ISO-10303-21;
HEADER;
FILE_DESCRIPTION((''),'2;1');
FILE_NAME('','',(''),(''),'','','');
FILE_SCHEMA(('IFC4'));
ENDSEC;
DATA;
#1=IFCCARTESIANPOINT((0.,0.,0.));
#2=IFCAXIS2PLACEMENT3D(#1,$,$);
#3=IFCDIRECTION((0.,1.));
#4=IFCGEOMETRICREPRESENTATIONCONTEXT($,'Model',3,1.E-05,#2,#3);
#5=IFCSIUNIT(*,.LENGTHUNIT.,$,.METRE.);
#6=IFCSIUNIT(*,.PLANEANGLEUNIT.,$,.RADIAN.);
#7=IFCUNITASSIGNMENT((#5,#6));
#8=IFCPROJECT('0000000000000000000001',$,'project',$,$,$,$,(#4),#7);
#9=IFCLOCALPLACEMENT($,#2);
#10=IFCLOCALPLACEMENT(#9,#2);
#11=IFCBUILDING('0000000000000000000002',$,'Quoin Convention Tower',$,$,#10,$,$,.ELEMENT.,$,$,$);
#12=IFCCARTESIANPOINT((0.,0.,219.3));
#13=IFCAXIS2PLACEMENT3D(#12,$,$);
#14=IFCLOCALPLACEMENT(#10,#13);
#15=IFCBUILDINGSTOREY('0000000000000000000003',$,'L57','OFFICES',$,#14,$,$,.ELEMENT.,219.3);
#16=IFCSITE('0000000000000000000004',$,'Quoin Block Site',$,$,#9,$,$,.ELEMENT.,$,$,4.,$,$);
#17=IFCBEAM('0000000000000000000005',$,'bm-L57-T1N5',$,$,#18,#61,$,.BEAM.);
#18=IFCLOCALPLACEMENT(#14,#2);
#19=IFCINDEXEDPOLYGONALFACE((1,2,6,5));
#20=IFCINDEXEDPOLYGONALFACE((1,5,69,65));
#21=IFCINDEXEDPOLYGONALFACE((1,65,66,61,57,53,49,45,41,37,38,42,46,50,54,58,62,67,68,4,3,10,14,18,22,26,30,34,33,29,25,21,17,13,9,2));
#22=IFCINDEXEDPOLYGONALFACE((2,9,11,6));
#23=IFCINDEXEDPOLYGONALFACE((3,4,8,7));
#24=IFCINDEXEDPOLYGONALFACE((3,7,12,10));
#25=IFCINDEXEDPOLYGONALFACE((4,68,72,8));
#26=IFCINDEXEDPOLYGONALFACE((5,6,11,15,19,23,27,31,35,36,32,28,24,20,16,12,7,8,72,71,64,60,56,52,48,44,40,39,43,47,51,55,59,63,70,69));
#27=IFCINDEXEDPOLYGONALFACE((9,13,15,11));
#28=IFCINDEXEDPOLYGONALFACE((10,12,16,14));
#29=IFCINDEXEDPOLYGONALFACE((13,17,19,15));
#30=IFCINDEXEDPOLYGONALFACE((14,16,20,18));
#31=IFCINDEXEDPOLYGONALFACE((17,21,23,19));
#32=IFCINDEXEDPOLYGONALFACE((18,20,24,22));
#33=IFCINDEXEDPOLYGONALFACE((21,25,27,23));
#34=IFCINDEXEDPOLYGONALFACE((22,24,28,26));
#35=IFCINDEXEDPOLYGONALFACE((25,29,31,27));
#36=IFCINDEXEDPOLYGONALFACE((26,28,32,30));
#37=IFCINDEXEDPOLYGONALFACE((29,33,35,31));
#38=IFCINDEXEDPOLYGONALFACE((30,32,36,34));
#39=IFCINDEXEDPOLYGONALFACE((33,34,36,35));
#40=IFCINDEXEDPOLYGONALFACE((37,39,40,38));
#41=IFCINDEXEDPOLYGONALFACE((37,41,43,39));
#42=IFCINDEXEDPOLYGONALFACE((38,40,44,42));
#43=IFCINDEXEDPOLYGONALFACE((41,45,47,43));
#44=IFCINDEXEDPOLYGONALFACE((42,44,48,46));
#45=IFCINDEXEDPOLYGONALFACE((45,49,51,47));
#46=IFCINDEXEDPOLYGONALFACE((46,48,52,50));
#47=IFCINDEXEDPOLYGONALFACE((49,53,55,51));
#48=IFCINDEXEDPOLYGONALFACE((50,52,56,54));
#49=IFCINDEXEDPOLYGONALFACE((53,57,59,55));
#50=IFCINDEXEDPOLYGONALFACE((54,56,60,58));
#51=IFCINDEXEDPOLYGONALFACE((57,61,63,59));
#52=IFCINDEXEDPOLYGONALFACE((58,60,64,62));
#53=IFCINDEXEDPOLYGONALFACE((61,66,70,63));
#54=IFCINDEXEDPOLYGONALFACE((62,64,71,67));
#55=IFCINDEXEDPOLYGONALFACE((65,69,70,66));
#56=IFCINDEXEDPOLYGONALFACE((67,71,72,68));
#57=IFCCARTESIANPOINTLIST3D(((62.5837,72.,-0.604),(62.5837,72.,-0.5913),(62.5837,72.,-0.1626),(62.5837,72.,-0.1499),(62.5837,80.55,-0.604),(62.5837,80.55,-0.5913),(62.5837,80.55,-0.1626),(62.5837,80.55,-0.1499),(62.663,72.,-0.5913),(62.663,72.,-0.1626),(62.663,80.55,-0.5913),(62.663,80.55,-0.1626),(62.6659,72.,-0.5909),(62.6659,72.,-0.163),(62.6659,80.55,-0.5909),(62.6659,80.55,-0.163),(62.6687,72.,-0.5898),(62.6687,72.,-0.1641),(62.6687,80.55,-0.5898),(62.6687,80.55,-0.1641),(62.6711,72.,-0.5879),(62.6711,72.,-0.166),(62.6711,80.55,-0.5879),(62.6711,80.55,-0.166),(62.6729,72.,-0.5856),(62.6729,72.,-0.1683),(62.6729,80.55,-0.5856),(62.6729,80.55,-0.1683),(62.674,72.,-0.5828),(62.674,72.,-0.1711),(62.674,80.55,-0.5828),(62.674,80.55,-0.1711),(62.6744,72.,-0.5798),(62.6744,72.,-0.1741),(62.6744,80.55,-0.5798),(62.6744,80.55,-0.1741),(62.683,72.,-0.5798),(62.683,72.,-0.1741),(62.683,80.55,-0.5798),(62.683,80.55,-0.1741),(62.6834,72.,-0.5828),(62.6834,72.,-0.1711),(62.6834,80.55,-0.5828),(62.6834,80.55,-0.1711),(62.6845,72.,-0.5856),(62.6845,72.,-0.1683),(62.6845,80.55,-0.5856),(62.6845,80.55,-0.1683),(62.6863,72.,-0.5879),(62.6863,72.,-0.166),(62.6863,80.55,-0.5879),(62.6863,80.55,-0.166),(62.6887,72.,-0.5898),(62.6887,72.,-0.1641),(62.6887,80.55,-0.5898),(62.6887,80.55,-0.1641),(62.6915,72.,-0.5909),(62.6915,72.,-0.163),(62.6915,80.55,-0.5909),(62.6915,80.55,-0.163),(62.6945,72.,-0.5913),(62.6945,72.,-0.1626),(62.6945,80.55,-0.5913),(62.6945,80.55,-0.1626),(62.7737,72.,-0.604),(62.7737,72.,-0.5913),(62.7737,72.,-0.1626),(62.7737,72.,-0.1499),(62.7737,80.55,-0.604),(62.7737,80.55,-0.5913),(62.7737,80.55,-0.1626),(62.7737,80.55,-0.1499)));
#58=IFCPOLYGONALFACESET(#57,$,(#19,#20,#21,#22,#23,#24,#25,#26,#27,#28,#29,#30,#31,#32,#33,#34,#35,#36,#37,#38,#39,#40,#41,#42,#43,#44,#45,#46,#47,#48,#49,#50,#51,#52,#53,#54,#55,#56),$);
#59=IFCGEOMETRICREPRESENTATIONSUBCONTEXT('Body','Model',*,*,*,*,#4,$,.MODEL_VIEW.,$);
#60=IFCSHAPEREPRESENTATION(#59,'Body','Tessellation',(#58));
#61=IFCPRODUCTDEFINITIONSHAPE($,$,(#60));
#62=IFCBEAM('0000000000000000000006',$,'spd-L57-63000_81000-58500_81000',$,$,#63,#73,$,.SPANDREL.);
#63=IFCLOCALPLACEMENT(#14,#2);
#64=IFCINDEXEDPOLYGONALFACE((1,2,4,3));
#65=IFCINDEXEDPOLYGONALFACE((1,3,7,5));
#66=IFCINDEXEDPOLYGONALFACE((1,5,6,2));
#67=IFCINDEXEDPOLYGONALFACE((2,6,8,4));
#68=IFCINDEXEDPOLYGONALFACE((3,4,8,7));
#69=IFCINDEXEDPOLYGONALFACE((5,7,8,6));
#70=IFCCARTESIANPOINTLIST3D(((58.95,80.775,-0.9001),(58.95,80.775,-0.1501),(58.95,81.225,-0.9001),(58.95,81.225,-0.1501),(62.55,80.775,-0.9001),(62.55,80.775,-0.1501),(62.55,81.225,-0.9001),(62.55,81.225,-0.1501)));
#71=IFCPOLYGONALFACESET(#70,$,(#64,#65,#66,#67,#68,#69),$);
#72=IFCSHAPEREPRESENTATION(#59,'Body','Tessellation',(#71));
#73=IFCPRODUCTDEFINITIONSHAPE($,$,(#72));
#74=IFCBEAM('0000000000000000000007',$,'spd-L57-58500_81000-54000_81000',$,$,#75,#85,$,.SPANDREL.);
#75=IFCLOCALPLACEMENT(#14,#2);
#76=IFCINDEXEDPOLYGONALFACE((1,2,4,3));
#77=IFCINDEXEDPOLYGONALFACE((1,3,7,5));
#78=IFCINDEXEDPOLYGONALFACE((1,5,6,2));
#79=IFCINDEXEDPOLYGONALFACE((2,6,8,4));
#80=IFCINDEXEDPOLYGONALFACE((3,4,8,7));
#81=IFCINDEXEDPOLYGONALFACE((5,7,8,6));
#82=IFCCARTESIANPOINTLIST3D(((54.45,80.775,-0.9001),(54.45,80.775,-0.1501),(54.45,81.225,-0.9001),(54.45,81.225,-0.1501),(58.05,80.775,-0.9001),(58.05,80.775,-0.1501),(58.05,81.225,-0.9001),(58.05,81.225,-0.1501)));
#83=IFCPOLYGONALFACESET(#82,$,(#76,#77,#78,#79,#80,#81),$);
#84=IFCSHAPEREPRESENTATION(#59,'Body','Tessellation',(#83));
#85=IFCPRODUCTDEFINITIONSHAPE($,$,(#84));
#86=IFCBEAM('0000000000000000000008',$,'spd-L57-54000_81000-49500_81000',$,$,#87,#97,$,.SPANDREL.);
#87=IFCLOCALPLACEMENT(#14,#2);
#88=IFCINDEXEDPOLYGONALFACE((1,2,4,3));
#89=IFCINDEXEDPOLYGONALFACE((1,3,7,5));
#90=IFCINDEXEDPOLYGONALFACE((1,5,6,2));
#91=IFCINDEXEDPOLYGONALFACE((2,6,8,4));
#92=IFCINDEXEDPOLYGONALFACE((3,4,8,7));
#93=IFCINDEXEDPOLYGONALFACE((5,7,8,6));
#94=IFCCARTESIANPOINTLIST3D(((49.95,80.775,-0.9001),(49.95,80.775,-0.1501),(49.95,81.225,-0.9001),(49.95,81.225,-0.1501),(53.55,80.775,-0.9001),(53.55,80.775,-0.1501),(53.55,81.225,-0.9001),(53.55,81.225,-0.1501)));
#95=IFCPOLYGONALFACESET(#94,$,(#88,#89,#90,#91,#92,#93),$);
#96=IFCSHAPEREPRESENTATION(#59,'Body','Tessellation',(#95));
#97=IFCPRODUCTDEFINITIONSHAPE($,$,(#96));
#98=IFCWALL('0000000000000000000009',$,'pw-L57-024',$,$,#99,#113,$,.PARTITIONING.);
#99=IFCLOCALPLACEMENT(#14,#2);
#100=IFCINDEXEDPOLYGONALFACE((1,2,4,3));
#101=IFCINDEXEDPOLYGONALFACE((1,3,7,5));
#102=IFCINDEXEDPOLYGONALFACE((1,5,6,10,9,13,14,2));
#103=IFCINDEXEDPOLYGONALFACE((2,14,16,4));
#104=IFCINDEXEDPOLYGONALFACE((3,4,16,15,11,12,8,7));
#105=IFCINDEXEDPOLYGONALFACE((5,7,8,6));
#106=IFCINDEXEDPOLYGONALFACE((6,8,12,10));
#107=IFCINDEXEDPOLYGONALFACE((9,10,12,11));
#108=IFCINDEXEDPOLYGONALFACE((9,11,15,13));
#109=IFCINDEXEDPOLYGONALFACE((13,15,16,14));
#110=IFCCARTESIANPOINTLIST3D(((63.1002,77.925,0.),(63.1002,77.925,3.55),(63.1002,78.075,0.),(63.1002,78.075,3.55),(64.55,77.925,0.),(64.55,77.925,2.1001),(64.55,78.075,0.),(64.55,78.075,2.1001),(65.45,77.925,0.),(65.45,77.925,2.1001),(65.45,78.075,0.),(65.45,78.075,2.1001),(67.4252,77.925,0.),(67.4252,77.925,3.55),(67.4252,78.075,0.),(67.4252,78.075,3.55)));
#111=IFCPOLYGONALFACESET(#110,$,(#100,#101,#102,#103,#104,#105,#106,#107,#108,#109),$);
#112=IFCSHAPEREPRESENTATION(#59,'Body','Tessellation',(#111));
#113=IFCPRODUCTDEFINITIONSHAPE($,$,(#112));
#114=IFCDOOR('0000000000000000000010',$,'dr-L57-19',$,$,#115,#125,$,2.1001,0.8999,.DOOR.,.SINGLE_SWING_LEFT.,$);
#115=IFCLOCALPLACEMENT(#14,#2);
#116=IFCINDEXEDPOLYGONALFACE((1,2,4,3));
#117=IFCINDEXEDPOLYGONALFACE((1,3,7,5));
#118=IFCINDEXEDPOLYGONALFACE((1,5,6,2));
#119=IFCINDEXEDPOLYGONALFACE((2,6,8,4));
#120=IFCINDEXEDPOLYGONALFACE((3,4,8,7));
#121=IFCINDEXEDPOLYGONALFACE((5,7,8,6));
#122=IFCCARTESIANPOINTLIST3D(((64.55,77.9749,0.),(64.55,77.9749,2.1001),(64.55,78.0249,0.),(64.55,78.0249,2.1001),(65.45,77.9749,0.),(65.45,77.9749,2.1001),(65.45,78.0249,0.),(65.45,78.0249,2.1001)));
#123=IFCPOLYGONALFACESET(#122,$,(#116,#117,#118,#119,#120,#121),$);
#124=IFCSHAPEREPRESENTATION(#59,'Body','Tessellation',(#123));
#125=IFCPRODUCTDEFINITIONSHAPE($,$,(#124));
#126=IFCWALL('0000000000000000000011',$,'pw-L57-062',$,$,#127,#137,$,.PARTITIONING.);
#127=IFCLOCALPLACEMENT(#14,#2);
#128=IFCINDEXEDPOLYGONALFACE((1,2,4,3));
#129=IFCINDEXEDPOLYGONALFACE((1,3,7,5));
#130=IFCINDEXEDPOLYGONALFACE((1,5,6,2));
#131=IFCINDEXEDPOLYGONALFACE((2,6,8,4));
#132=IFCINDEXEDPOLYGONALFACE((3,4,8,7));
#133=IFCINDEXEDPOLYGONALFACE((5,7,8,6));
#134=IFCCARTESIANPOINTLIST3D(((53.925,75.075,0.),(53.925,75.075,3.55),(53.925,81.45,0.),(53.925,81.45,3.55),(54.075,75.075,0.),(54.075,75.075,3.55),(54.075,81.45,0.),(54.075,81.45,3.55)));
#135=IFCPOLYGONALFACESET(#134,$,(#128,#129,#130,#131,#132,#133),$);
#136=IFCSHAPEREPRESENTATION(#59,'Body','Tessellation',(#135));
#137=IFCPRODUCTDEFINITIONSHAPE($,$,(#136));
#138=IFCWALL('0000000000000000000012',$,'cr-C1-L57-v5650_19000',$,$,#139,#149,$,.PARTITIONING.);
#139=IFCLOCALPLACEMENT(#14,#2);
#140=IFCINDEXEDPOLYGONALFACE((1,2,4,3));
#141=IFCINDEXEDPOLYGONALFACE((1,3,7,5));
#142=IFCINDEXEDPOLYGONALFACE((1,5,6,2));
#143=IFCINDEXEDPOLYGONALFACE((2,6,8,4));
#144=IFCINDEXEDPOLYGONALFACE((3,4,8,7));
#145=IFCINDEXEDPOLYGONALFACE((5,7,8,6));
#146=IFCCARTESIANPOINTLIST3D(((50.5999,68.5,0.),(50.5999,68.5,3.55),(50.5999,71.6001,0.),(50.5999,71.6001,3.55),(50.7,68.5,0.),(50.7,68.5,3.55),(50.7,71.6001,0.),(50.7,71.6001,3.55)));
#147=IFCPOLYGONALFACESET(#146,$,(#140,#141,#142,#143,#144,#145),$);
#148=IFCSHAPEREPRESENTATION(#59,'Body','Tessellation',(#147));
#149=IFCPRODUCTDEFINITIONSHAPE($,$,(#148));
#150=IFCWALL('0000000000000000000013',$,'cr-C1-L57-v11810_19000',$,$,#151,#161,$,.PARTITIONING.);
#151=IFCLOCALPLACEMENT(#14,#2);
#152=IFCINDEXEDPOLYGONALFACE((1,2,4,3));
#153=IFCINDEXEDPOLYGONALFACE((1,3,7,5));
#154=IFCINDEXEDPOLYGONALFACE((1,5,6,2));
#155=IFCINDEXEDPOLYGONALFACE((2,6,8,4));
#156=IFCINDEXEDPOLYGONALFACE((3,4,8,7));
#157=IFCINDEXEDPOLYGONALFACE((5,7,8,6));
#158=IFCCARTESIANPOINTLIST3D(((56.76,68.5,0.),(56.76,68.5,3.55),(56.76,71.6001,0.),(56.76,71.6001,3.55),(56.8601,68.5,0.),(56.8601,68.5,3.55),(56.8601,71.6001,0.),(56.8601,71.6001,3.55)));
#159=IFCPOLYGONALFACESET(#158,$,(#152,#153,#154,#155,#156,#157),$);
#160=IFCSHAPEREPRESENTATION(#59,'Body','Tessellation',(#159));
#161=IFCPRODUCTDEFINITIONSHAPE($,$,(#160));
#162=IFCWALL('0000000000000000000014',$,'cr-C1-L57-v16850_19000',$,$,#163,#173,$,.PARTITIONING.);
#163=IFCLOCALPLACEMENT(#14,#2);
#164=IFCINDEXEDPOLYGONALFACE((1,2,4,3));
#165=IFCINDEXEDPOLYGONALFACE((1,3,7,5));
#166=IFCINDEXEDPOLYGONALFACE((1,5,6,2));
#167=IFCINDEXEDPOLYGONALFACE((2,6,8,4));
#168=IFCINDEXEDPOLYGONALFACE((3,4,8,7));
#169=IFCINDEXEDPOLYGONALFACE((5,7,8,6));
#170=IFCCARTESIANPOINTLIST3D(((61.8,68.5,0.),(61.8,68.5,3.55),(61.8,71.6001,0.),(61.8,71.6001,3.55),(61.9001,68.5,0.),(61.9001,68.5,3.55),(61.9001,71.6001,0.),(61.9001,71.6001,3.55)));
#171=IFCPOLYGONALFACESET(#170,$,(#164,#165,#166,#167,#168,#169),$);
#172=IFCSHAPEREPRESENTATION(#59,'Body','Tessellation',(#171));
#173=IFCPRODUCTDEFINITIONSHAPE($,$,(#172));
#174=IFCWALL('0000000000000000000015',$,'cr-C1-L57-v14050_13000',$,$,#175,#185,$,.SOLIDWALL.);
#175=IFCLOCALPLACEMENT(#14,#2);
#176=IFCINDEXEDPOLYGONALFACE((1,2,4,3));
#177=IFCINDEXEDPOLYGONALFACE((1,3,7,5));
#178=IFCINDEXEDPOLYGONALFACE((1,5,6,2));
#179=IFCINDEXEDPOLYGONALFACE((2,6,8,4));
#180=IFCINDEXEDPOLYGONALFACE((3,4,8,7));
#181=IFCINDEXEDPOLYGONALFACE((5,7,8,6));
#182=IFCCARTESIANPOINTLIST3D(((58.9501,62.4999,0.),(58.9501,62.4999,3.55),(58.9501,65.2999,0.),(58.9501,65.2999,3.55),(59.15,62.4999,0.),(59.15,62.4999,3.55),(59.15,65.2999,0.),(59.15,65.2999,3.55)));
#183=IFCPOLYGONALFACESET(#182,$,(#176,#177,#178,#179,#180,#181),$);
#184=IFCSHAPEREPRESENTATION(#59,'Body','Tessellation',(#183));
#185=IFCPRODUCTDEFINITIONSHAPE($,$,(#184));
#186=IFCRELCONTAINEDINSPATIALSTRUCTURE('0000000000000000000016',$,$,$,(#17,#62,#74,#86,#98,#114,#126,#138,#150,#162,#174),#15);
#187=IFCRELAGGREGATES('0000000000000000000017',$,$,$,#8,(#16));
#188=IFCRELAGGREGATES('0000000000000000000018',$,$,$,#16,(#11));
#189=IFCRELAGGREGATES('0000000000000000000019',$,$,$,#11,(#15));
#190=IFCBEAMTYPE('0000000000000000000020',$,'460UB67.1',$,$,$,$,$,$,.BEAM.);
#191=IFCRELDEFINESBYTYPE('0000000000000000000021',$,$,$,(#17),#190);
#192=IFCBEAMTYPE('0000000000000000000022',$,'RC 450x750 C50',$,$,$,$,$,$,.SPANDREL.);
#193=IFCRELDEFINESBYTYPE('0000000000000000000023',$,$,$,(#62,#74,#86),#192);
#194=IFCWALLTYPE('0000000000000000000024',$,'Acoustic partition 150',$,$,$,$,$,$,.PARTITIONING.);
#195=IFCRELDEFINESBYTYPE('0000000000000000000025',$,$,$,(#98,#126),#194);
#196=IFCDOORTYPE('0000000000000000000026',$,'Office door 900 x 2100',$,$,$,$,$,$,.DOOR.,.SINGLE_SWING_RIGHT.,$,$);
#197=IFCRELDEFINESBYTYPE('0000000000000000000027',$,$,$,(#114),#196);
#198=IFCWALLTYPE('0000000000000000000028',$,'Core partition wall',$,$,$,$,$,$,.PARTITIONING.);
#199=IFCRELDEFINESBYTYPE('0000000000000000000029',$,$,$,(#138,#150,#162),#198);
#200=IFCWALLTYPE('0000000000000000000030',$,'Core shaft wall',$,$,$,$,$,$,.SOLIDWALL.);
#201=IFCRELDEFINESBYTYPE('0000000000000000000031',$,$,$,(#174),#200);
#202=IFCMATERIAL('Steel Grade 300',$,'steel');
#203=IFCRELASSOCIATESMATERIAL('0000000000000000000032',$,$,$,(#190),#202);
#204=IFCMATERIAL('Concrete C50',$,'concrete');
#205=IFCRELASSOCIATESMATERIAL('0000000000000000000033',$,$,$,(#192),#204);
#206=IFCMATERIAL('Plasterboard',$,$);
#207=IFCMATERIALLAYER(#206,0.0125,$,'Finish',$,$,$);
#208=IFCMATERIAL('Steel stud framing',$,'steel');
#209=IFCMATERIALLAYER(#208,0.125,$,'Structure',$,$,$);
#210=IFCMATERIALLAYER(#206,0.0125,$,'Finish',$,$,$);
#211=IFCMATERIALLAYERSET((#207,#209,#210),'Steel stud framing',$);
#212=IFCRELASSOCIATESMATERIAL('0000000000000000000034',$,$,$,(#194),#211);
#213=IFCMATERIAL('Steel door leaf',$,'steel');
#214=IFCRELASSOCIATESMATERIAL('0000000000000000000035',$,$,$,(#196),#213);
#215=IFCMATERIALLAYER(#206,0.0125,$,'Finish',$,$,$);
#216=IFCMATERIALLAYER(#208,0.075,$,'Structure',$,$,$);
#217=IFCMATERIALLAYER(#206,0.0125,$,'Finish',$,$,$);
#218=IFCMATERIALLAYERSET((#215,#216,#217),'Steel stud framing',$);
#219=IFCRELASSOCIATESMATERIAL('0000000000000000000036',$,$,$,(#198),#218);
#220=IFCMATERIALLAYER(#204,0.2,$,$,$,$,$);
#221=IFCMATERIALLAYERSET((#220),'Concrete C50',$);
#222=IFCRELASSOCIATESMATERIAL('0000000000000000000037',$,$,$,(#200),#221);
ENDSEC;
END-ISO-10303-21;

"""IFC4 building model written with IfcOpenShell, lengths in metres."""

from ifc_helpers import new_model, si_unit, direction, frame, frame_2d, origin, origin_2d, place, context, subcontext, project, spatial, rectangle, i_section, extrude, material, layer, layer_set, material_profile, profile_set, type_object, element, fill, save


model = new_model("IFC4")

# Units and contexts
model_context = context("Model", 3, precision=1e-05, world=origin(), true_north=direction((0.0, 1.0)))
body_context = subcontext(model_context, "Body", "Model", "MODEL_VIEW")
ifc_project = project(units=[si_unit("LENGTHUNIT", "METRE"), si_unit("PLANEANGLEUNIT", "RADIAN")], contexts=[model_context])

# Site, building, storey
site_placement = place(None, origin())
site = spatial("IfcSite", under=ifc_project, at=site_placement, Name="Quoin Block Site", CompositionType="ELEMENT", RefElevation=4.0)
building_placement = place(site_placement, origin())
building = spatial("IfcBuilding", under=site, at=building_placement, Name="Quoin Convention Tower", CompositionType="ELEMENT")
storey_placement = place(building_placement, frame((0.0, 0.0, 219.3)))
storey = spatial("IfcBuildingStorey", under=building, at=storey_placement, Name="L57", Description="OFFICES", CompositionType="ELEMENT", Elevation=219.3)

# Shared definitions
ifc_material_1 = material(Name="Concrete C50", Category="concrete")

# Beams
ifc_material_2 = material(Name="Steel Grade 300", Category="steel")
ifc_material_profile_1 = material_profile(ifc_material_2, i_section(OverallWidth=0.1899, OverallDepth=0.4541, WebThickness=0.0085, FlangeThickness=0.0127, FilletRadius=0.0115, at=origin_2d()), Name="460UB67.1")
ifc_profile_set_1 = profile_set([ifc_material_profile_1], Name="Steel Grade 300")
beam_type_1 = type_object("IfcBeamType", Name="460UB67.1", PredefinedType="BEAM", material=ifc_profile_set_1)
beam_placement = place(storey_placement, frame((62.6787, 72.0, -0.377), z_axis=(0.0, 1.0, 0.0), x_axis=(-1.0, 0.0, 0.0)))
element("IfcBeam", 1, at=beam_placement, inside=storey, type_object=beam_type_1, Name="bm-L57-T1N5", PredefinedType="BEAM", context=body_context, shape_type="SweptSolid", body=[
    extrude(i_section(OverallWidth=0.1899, OverallDepth=0.4541, WebThickness=0.0085, FlangeThickness=0.0127, FilletRadius=0.0115, at=origin_2d()), origin(), (0.0, 0.0, 1.0), 8.55),
])
ifc_material_profile_2 = material_profile(ifc_material_1, rectangle(XDim=0.45, YDim=0.75, at=origin_2d()), Name="RC 450x750")
ifc_profile_set_2 = profile_set([ifc_material_profile_2], Name="Concrete C50")
beam_type_2 = type_object("IfcBeamType", Name="RC 450x750 C50", PredefinedType="SPANDREL", material=ifc_profile_set_2)
for number, where, z_axis, x_axis, name in (
    (2, (62.55, 81.0, -0.5251), (-1.0, 0.0, 0.0), (0.0, -1.0, 0.0), "spd-L57-63000_81000-58500_81000"),
    (3, (58.05, 81.0, -0.5251), (-1.0, 0.0, 0.0), (0.0, -1.0, 0.0), "spd-L57-58500_81000-54000_81000"),
    (4, (53.55, 81.0, -0.5251), (-1.0, 0.0, 0.0), (0.0, -1.0, 0.0), "spd-L57-54000_81000-49500_81000"),
):
    element("IfcBeam", number, at=place(storey_placement, frame(where, z_axis=z_axis, x_axis=x_axis)), inside=storey, type_object=beam_type_2, Name=name, PredefinedType="SPANDREL", context=body_context, shape_type="SweptSolid", body=[
        extrude(rectangle(XDim=0.45, YDim=0.75, at=origin_2d()), origin(), (0.0, 0.0, 1.0), 3.6001),
    ])

# Wall, opening, door
ifc_material_3 = material(Name="Plasterboard")
ifc_layer_1 = layer(ifc_material_3, 0.0125, Name="Finish")
ifc_material_4 = material(Name="Steel stud framing", Category="steel")
ifc_layer_2 = layer(ifc_material_4, 0.125, Name="Structure")
ifc_layer_3 = layer(ifc_material_3, 0.0125, Name="Finish")
ifc_layer_set_1 = layer_set([ifc_layer_1, ifc_layer_2, ifc_layer_3], Name="Steel stud framing")
wall_type_1 = type_object("IfcWallType", Name="Acoustic partition 150", PredefinedType="PARTITIONING", material=ifc_layer_set_1)
wall_1_placement = place(storey_placement, frame((63.1001, 78.0, 0.0), z_axis=(0.0, 0.0, 1.0), x_axis=(1.0, 0.0, 0.0)))
wall_1 = element("IfcWall", 5, at=wall_1_placement, inside=storey, type_object=wall_type_1, Name="pw-L57-024", PredefinedType="PARTITIONING", context=body_context, shape_type="SweptSolid", body=[
    extrude(rectangle(XDim=4.325, YDim=0.1499, at=frame_2d((2.1626, 0.0))), origin(), (0.0, 0.0, 1.0), 3.55),
])
opening_1_placement = place(wall_1_placement, frame((1.45, 0.0, 0.0)))
opening_1 = element("IfcOpeningElement", 6, at=opening_1_placement, cuts=wall_1, PredefinedType="OPENING", context=body_context, shape_type="SweptSolid", body=[
    extrude(rectangle(XDim=0.8999, YDim=2.1001, at=frame_2d((0.45, 1.05))), frame((0.0, 0.085, 0.0), z_axis=(0.0, -1.0, 0.0), x_axis=(1.0, 0.0, 0.0)), (0.0, 0.0, 1.0), 0.1699),
])
ifc_material_5 = material(Name="Steel door leaf", Category="steel")
door_type = type_object("IfcDoorType", Name="Office door 900 x 2100", OperationType="SINGLE_SWING_RIGHT", PredefinedType="DOOR", material=ifc_material_5)
door_1_placement = place(opening_1_placement, origin())
door_1 = element("IfcDoor", 7, at=door_1_placement, inside=storey, type_object=door_type, Name="dr-L57-19", OperationType="SINGLE_SWING_LEFT", OverallHeight=2.1001, OverallWidth=0.8999, PredefinedType="DOOR", context=body_context, shape_type="SweptSolid", body=[
    extrude(rectangle(XDim=0.8999, YDim=2.1001, at=frame_2d((0.45, 1.05))), frame((0.0, 0.0249, 0.0), z_axis=(0.0, -1.0, 0.0), x_axis=(1.0, 0.0, 0.0)), (0.0, 0.0, 1.0), 0.05),
])
fill(opening_1, door_1)

# Walls
wall_2_placement = place(storey_placement, frame((54.0, 75.075, 0.0), z_axis=(0.0, 0.0, 1.0), x_axis=(0.0, 1.0, 0.0)))
element("IfcWall", 8, at=wall_2_placement, inside=storey, type_object=wall_type_1, Name="pw-L57-062", PredefinedType="PARTITIONING", context=body_context, shape_type="SweptSolid", body=[
    extrude(rectangle(XDim=6.375, YDim=0.1499, at=frame_2d((3.1875, 0.0))), origin(), (0.0, 0.0, 1.0), 3.55),
])
ifc_layer_4 = layer(ifc_material_3, 0.0125, Name="Finish")
ifc_layer_5 = layer(ifc_material_4, 0.075, Name="Structure")
ifc_layer_6 = layer(ifc_material_3, 0.0125, Name="Finish")
ifc_layer_set_2 = layer_set([ifc_layer_4, ifc_layer_5, ifc_layer_6], Name="Steel stud framing")
wall_type_2 = type_object("IfcWallType", Name="Core partition wall", PredefinedType="PARTITIONING", material=ifc_layer_set_2)
for number, where, z_axis, x_axis, name in (
    (9, (50.6499, 68.5, 0.0), (0.0, 0.0, 1.0), (0.0, 1.0, 0.0), "cr-C1-L57-v5650_19000"),
    (10, (56.8101, 68.5, 0.0), (0.0, 0.0, 1.0), (0.0, 1.0, 0.0), "cr-C1-L57-v11810_19000"),
    (11, (61.8501, 68.5, 0.0), (0.0, 0.0, 1.0), (0.0, 1.0, 0.0), "cr-C1-L57-v16850_19000"),
):
    element("IfcWall", number, at=place(storey_placement, frame(where, z_axis=z_axis, x_axis=x_axis)), inside=storey, type_object=wall_type_2, Name=name, PredefinedType="PARTITIONING", context=body_context, shape_type="SweptSolid", body=[
        extrude(rectangle(XDim=3.1001, YDim=0.1001, at=frame_2d((1.55, 0.0))), origin(), (0.0, 0.0, 1.0), 3.55),
    ])
ifc_layer_7 = layer(ifc_material_1, 0.2)
ifc_layer_set_3 = layer_set([ifc_layer_7], Name="Concrete C50")
wall_type_3 = type_object("IfcWallType", Name="Core shaft wall", PredefinedType="SOLIDWALL", material=ifc_layer_set_3)
wall_3_placement = place(storey_placement, frame((59.05, 62.5, 0.0), z_axis=(0.0, 0.0, 1.0), x_axis=(0.0, 1.0, 0.0)))
element("IfcWall", 12, at=wall_3_placement, inside=storey, type_object=wall_type_3, Name="cr-C1-L57-v14050_13000", PredefinedType="SOLIDWALL", context=body_context, shape_type="SweptSolid", body=[
    extrude(rectangle(XDim=2.8, YDim=0.2, at=frame_2d((1.3999, 0.0))), origin(), (0.0, 0.0, 1.0), 3.55),
])

save(model, "model.ifc")
